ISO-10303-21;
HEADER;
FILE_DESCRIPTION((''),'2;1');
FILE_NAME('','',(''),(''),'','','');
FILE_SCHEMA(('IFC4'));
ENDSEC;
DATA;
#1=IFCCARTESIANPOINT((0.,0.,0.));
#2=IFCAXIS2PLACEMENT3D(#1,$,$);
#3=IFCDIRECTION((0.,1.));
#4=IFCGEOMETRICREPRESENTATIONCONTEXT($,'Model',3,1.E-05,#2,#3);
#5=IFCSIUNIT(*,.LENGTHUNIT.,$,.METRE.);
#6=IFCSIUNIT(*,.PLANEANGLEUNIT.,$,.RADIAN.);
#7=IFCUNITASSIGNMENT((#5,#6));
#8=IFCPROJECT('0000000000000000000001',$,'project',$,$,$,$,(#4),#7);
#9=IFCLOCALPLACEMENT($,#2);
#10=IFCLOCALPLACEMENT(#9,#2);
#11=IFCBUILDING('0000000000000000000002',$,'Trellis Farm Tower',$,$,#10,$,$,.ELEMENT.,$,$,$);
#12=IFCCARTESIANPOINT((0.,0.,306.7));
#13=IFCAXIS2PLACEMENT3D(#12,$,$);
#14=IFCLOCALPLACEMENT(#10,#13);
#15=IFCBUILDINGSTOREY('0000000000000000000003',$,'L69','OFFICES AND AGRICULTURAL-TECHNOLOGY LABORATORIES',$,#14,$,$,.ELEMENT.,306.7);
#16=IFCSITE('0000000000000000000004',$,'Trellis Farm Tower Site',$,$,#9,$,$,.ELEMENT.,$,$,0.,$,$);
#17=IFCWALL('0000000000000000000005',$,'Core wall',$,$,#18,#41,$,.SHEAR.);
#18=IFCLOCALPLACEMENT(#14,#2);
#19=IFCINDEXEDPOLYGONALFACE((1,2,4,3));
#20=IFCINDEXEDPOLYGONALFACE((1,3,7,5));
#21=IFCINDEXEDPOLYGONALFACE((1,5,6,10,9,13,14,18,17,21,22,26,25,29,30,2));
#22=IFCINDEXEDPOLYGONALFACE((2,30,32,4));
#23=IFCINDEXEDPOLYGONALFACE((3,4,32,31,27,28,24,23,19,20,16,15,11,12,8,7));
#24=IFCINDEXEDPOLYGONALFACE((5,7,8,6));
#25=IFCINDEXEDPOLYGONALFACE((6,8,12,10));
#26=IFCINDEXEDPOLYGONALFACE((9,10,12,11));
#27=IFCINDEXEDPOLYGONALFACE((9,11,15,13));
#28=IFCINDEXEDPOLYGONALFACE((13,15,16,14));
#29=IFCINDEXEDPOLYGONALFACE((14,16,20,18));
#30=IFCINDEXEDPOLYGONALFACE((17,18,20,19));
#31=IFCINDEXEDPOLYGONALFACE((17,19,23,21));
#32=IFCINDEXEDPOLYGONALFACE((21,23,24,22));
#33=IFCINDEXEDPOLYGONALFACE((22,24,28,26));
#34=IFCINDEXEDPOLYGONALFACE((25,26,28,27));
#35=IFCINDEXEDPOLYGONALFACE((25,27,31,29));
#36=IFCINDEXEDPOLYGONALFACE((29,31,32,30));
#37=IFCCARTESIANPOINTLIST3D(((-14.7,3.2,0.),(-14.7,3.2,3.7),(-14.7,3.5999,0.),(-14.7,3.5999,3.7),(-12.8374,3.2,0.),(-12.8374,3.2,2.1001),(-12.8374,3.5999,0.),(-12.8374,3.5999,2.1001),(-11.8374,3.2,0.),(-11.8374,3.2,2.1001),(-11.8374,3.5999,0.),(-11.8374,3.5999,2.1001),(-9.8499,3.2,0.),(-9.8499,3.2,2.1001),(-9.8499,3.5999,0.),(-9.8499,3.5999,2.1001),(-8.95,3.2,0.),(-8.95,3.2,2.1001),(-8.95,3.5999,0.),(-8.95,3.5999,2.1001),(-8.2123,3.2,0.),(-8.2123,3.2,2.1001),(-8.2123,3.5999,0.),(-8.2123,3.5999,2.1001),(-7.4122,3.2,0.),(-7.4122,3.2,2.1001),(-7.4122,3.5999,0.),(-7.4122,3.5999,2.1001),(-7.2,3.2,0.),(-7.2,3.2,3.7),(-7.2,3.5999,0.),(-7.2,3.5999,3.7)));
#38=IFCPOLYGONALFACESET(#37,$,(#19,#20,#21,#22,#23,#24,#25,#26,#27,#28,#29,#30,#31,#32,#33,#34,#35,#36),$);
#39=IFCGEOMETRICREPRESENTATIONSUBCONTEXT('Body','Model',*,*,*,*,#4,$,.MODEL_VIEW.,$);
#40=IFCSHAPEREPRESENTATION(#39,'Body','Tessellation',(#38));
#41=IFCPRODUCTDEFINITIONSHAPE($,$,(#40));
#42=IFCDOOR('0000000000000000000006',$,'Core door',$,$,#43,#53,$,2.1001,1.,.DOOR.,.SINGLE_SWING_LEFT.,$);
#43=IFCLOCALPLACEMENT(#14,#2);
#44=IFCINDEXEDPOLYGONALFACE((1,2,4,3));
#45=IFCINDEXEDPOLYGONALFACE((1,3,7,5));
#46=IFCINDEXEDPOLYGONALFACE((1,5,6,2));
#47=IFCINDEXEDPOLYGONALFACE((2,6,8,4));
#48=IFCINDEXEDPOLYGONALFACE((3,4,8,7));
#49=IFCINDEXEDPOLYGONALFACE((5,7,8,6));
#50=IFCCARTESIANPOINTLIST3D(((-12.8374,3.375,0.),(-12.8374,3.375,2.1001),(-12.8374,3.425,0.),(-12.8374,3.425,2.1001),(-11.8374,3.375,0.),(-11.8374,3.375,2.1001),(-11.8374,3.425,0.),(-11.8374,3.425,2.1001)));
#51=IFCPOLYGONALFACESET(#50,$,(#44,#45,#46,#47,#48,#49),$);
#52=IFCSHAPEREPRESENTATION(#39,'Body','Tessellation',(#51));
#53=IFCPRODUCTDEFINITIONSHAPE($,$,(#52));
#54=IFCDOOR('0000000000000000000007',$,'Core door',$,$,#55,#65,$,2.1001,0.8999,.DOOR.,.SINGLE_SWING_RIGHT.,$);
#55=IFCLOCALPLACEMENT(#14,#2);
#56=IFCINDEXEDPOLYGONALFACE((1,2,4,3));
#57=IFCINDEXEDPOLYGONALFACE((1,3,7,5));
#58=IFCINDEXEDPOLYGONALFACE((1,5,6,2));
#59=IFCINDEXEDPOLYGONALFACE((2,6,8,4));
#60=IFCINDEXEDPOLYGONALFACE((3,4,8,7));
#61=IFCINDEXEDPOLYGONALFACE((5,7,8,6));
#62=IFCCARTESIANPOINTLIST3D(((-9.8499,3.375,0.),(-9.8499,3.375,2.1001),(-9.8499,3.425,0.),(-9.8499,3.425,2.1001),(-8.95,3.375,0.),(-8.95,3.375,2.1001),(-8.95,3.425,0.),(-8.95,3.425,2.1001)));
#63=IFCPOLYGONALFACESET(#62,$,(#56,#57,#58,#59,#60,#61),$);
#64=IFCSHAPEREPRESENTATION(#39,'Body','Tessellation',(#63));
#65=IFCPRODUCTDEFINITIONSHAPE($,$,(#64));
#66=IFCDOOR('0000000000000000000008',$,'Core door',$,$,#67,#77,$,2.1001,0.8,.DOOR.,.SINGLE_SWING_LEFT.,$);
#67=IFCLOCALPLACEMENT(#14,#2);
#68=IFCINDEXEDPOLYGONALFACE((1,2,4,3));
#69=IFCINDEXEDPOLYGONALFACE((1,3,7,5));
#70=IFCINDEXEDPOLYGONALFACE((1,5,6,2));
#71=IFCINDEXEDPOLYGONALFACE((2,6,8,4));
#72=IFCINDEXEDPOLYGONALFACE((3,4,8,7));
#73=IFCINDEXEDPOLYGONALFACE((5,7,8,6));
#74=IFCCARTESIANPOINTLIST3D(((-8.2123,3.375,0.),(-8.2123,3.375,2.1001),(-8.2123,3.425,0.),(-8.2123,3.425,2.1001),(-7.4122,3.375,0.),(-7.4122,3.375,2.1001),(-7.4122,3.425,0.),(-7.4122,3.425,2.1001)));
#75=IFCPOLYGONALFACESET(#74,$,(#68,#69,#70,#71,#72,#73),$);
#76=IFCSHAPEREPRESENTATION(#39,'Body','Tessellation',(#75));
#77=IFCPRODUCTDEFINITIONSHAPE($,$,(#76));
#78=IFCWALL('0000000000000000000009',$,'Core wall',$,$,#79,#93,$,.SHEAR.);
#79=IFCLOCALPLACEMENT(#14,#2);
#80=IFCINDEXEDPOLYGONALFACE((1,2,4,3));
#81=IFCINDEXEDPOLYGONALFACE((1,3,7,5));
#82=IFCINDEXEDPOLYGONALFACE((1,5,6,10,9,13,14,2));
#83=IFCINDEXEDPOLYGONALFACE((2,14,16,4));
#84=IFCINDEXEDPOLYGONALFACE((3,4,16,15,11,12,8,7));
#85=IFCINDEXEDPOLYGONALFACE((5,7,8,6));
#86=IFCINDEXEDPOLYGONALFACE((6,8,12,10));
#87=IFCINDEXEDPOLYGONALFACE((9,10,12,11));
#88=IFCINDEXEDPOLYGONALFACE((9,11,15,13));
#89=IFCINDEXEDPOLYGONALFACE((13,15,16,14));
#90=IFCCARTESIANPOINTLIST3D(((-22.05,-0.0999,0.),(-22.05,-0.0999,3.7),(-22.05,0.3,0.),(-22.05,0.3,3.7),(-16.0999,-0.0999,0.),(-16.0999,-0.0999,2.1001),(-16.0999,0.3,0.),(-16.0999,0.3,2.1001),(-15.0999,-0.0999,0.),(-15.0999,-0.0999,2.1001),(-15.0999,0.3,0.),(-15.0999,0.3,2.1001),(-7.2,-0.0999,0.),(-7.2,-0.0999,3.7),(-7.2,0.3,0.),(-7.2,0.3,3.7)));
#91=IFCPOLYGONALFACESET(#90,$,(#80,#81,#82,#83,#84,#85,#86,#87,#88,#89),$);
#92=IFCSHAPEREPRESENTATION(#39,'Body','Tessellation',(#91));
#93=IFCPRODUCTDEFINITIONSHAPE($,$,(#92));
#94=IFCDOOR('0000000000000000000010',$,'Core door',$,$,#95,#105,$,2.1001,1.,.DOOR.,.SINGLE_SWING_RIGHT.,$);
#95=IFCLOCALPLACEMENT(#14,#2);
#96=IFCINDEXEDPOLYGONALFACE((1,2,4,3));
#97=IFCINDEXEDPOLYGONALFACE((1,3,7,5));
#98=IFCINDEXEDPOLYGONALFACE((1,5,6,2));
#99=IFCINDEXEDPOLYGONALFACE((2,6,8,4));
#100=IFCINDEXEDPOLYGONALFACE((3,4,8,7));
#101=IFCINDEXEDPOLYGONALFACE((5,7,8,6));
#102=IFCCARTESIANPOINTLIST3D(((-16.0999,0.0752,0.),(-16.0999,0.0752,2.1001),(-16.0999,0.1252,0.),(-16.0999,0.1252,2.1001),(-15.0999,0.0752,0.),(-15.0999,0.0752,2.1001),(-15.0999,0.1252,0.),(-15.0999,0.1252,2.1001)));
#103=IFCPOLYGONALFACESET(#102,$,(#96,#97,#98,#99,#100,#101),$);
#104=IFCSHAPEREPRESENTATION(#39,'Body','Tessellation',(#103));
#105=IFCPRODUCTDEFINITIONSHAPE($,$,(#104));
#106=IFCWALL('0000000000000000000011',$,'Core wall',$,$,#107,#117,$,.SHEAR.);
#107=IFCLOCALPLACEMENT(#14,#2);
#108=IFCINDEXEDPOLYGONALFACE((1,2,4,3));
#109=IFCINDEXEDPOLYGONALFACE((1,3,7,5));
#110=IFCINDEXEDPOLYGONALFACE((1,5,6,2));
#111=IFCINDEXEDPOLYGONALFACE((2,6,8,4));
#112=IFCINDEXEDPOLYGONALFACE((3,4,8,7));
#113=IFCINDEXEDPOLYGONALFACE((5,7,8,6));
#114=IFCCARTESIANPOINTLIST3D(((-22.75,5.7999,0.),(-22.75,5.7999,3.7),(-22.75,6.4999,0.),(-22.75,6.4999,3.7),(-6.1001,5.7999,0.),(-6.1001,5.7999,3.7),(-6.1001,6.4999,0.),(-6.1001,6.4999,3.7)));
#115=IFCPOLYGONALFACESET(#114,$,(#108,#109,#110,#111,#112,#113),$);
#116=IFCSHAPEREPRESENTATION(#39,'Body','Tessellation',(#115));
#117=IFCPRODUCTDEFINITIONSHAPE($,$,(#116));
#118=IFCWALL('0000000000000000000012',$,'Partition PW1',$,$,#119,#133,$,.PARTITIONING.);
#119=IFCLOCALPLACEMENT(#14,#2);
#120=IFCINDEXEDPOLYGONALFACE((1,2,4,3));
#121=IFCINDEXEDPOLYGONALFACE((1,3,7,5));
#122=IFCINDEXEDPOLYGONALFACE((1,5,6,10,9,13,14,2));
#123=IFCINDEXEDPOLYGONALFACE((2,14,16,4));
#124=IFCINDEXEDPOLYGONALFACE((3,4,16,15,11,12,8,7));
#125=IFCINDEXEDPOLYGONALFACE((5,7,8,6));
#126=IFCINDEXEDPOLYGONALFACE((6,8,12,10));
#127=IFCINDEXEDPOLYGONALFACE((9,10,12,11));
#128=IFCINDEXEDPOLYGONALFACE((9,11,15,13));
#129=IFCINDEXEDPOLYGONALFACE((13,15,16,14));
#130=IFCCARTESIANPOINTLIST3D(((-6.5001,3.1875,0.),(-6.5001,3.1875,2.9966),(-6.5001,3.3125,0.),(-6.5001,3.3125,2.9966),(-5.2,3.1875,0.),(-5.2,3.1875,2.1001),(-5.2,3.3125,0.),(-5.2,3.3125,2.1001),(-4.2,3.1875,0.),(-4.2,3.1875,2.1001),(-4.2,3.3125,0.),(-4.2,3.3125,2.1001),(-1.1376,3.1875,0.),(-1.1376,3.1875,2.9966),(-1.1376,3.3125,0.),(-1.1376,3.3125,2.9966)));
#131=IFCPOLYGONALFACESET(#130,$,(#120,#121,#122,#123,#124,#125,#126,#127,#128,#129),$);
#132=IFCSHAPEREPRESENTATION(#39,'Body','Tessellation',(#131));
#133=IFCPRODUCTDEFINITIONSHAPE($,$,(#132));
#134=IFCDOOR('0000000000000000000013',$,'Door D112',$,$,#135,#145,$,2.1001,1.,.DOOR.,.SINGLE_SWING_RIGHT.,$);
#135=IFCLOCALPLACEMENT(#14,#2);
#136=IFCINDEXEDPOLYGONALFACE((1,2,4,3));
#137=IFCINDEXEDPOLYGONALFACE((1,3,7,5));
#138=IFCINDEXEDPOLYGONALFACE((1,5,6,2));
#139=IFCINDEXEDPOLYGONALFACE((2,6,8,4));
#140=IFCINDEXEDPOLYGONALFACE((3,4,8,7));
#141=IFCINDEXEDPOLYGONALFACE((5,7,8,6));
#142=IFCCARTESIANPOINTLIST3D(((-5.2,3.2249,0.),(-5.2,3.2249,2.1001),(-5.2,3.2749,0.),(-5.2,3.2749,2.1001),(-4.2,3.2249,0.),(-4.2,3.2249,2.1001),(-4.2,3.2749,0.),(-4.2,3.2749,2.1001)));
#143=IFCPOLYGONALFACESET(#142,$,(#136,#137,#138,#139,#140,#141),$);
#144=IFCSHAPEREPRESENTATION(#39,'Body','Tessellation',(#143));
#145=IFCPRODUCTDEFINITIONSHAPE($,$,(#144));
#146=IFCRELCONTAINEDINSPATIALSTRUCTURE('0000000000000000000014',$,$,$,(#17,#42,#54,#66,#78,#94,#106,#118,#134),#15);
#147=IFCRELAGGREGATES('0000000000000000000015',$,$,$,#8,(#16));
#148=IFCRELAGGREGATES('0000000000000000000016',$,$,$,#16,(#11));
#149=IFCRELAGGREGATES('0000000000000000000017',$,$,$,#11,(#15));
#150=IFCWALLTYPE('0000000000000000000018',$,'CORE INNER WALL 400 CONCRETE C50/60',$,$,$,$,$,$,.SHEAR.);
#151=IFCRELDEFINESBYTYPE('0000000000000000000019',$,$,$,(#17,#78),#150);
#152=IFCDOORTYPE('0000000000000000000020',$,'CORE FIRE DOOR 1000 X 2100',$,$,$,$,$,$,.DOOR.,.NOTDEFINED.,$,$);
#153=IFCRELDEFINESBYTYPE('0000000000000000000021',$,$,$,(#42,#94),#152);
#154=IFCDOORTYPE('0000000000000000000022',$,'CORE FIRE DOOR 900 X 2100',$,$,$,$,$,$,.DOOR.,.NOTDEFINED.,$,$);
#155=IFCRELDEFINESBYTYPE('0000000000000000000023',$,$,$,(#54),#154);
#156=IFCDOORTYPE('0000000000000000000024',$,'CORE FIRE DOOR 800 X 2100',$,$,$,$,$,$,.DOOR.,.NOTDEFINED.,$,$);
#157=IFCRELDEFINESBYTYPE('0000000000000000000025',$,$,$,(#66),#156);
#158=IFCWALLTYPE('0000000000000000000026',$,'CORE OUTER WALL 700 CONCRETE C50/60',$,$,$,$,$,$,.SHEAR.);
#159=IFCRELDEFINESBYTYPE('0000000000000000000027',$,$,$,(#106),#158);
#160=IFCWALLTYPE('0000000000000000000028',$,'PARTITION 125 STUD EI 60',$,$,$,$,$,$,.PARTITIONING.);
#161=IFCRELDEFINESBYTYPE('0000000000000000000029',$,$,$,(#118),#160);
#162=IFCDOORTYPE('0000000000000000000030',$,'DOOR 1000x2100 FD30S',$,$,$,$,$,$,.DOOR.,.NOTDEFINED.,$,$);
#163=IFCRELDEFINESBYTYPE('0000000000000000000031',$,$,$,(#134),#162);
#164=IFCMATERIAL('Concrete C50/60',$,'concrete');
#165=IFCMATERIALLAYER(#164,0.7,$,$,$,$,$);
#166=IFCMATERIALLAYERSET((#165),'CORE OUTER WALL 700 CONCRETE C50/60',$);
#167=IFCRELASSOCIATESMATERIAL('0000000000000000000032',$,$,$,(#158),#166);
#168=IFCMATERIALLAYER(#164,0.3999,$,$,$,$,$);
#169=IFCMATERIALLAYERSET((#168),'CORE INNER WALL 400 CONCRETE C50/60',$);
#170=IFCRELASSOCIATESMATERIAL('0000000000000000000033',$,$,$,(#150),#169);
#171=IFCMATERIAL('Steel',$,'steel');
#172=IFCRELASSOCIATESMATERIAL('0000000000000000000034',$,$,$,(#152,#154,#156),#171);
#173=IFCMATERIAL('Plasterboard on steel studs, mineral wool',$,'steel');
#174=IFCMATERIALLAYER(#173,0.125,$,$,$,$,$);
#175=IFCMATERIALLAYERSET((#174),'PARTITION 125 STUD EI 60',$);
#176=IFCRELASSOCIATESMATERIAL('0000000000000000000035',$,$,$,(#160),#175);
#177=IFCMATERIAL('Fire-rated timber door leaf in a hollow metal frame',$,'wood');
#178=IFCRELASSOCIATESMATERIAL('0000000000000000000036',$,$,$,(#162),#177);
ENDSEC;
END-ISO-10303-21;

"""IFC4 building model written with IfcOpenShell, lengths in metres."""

from ifc_helpers import new_model, si_unit, direction, frame, frame_2d, origin, place, context, subcontext, project, spatial, rectangle, extrude, source, transform, mapped, material, layer, layer_set, type_object, element, fill, save


model = new_model("IFC4")

# Units and contexts
model_context = context("Model", 3, precision=1e-05, world=origin(), true_north=direction((0.0, 1.0)))
body_context = subcontext(model_context, "Body", "Model", "MODEL_VIEW")
ifc_project = project(units=[si_unit("LENGTHUNIT", "METRE"), si_unit("PLANEANGLEUNIT", "RADIAN")], contexts=[model_context])

# Site, building, storey
site_placement = place(None, origin())
site = spatial("IfcSite", under=ifc_project, at=site_placement, Name="Trellis Farm Tower Site", CompositionType="ELEMENT", RefElevation=0.0)
building_placement = place(site_placement, origin())
building = spatial("IfcBuilding", under=site, at=building_placement, Name="Trellis Farm Tower", CompositionType="ELEMENT")
storey_placement = place(building_placement, frame((0.0, 0.0, 306.7)))
storey = spatial("IfcBuildingStorey", under=building, at=storey_placement, Name="L69", Description="OFFICES AND AGRICULTURAL-TECHNOLOGY LABORATORIES", CompositionType="ELEMENT", Elevation=306.7)

# Shared definitions
ifc_material_1 = material(Name="Concrete C50/60", Category="concrete")
ifc_layer_1 = layer(ifc_material_1, 0.7)
ifc_layer_set_1 = layer_set([ifc_layer_1], Name="CORE OUTER WALL 700 CONCRETE C50/60")
wall_type_1 = type_object("IfcWallType", Name="CORE OUTER WALL 700 CONCRETE C50/60", PredefinedType="SHEAR", material=ifc_layer_set_1)
ifc_material_2 = material(Name="Steel", Category="steel")

# Wall, openings, doors
ifc_layer_2 = layer(ifc_material_1, 0.3999)
ifc_layer_set_2 = layer_set([ifc_layer_2], Name="CORE INNER WALL 400 CONCRETE C50/60")
wall_type_2 = type_object("IfcWallType", Name="CORE INNER WALL 400 CONCRETE C50/60", PredefinedType="SHEAR", material=ifc_layer_set_2)
shared_shape_1 = source(origin(), body_context, "Body", "SweptSolid", [
    extrude(rectangle(XDim=7.5, YDim=0.3999, at=frame_2d((3.75, 0.0))), origin(), (0.0, 0.0, 1.0), 3.7),
])
wall_1_placement = place(storey_placement, frame((-7.2, 3.3999, 0.0), z_axis=(0.0, 0.0, 1.0), x_axis=(-1.0, 0.0, 0.0)))
wall_1 = element("IfcWall", 1, at=wall_1_placement, inside=storey, type_object=wall_type_2, Name="Core wall", PredefinedType="SHEAR", context=body_context, shape_type="MappedRepresentation", body=[
    mapped(shared_shape_1, transform((0.0, 0.0, 0.0))),
])
shared_shape_2 = source(origin(), body_context, "Body", "SweptSolid", [
    extrude(rectangle(XDim=0.8, YDim=2.1001, at=frame_2d((0.3999, 1.05))), frame((0.0, 0.21, 0.0), z_axis=(0.0, -1.0, 0.0), x_axis=(1.0, 0.0, 0.0)), (0.0, 0.0, 1.0), 0.4199),
])
opening_1_placement = place(wall_1_placement, frame((0.2124, 0.0, 0.0)))
opening_1 = element("IfcOpeningElement", 2, at=opening_1_placement, cuts=wall_1, PredefinedType="OPENING", context=body_context, shape_type="MappedRepresentation", body=[
    mapped(shared_shape_2, transform((0.0, 0.0, 0.0))),
])
shared_shape_3 = source(origin(), body_context, "Body", "SweptSolid", [
    extrude(rectangle(XDim=0.8999, YDim=2.1001, at=frame_2d((0.45, 1.05))), frame((0.0, 0.21, 0.0), z_axis=(0.0, -1.0, 0.0), x_axis=(1.0, 0.0, 0.0)), (0.0, 0.0, 1.0), 0.4199),
])
opening_2_placement = place(wall_1_placement, frame((1.75, 0.0, 0.0)))
opening_2 = element("IfcOpeningElement", 3, at=opening_2_placement, cuts=wall_1, PredefinedType="OPENING", context=body_context, shape_type="MappedRepresentation", body=[
    mapped(shared_shape_3, transform((0.0, 0.0, 0.0))),
])
shared_shape_4 = source(origin(), body_context, "Body", "SweptSolid", [
    extrude(rectangle(XDim=1.0, YDim=2.1001, at=frame_2d((0.5, 1.05))), frame((0.0, 0.21, 0.0), z_axis=(0.0, -1.0, 0.0), x_axis=(1.0, 0.0, 0.0)), (0.0, 0.0, 1.0), 0.4199),
])
opening_3_placement = place(wall_1_placement, frame((4.6375, 0.0, 0.0)))
opening_3 = element("IfcOpeningElement", 4, at=opening_3_placement, cuts=wall_1, PredefinedType="OPENING", context=body_context, shape_type="MappedRepresentation", body=[
    mapped(shared_shape_4, transform((0.0, 0.0, 0.0))),
])
door_type_1 = type_object("IfcDoorType", Name="CORE FIRE DOOR 1000 X 2100", OperationType="NOTDEFINED", PredefinedType="DOOR", material=ifc_material_2)
shared_shape_5 = source(origin(), body_context, "Body", "SweptSolid", [
    extrude(rectangle(XDim=1.0, YDim=2.1001, at=frame_2d((0.5, 1.05))), frame((0.0, 0.0249, 0.0), z_axis=(0.0, -1.0, 0.0), x_axis=(1.0, 0.0, 0.0)), (0.0, 0.0, 1.0), 0.05),
])
door_1_placement = place(opening_3_placement, origin())
door_1 = element("IfcDoor", 5, at=door_1_placement, inside=storey, type_object=door_type_1, Name="Core door", OperationType="SINGLE_SWING_LEFT", OverallHeight=2.1001, OverallWidth=1.0, PredefinedType="DOOR", context=body_context, shape_type="MappedRepresentation", body=[
    mapped(shared_shape_5, transform((0.0, 0.0, 0.0))),
])
fill(opening_3, door_1)
door_type_2 = type_object("IfcDoorType", Name="CORE FIRE DOOR 900 X 2100", OperationType="NOTDEFINED", PredefinedType="DOOR", material=ifc_material_2)
shared_shape_6 = source(origin(), body_context, "Body", "SweptSolid", [
    extrude(rectangle(XDim=0.8999, YDim=2.1001, at=frame_2d((0.45, 1.05))), frame((0.0, 0.0249, 0.0), z_axis=(0.0, -1.0, 0.0), x_axis=(1.0, 0.0, 0.0)), (0.0, 0.0, 1.0), 0.05),
])
door_2_placement = place(opening_2_placement, origin())
door_2 = element("IfcDoor", 6, at=door_2_placement, inside=storey, type_object=door_type_2, Name="Core door", OperationType="SINGLE_SWING_RIGHT", OverallHeight=2.1001, OverallWidth=0.8999, PredefinedType="DOOR", context=body_context, shape_type="MappedRepresentation", body=[
    mapped(shared_shape_6, transform((0.0, 0.0, 0.0))),
])
fill(opening_2, door_2)
door_type_3 = type_object("IfcDoorType", Name="CORE FIRE DOOR 800 X 2100", OperationType="NOTDEFINED", PredefinedType="DOOR", material=ifc_material_2)
shared_shape_7 = source(origin(), body_context, "Body", "SweptSolid", [
    extrude(rectangle(XDim=0.8, YDim=2.1001, at=frame_2d((0.3999, 1.05))), frame((0.0, 0.0249, 0.0), z_axis=(0.0, -1.0, 0.0), x_axis=(1.0, 0.0, 0.0)), (0.0, 0.0, 1.0), 0.05),
])
door_3_placement = place(opening_1_placement, origin())
door_3 = element("IfcDoor", 7, at=door_3_placement, inside=storey, type_object=door_type_3, Name="Core door", OperationType="SINGLE_SWING_LEFT", OverallHeight=2.1001, OverallWidth=0.8, PredefinedType="DOOR", context=body_context, shape_type="MappedRepresentation", body=[
    mapped(shared_shape_7, transform((0.0, 0.0, 0.0))),
])
fill(opening_1, door_3)

# Wall, opening, door
shared_shape_8 = source(origin(), body_context, "Body", "SweptSolid", [
    extrude(rectangle(XDim=14.8501, YDim=0.3999, at=frame_2d((7.425, 0.0))), origin(), (0.0, 0.0, 1.0), 3.7),
])
wall_2_placement = place(storey_placement, frame((-7.2, 0.1001, 0.0), z_axis=(0.0, 0.0, 1.0), x_axis=(-1.0, 0.0, 0.0)))
wall_2 = element("IfcWall", 8, at=wall_2_placement, inside=storey, type_object=wall_type_2, Name="Core wall", PredefinedType="SHEAR", context=body_context, shape_type="MappedRepresentation", body=[
    mapped(shared_shape_8, transform((0.0, 0.0, 0.0))),
])
opening_4_placement = place(wall_2_placement, frame((7.8999, 0.0, 0.0)))
opening_4 = element("IfcOpeningElement", 9, at=opening_4_placement, cuts=wall_2, PredefinedType="OPENING", context=body_context, shape_type="MappedRepresentation", body=[
    mapped(shared_shape_4, transform((0.0, 0.0, 0.0))),
])
door_4_placement = place(opening_4_placement, origin())
door_4 = element("IfcDoor", 10, at=door_4_placement, inside=storey, type_object=door_type_1, Name="Core door", OperationType="SINGLE_SWING_RIGHT", OverallHeight=2.1001, OverallWidth=1.0, PredefinedType="DOOR", context=body_context, shape_type="MappedRepresentation", body=[
    mapped(shared_shape_5, transform((0.0, 0.0, 0.0))),
])
fill(opening_4, door_4)

# Wall
shared_shape_9 = source(origin(), body_context, "Body", "SweptSolid", [
    extrude(rectangle(XDim=16.6499, YDim=0.7, at=frame_2d((8.325, 0.0))), origin(), (0.0, 0.0, 1.0), 3.7),
])
wall_3_placement = place(storey_placement, frame((-6.1001, 6.1499, 0.0), z_axis=(0.0, 0.0, 1.0), x_axis=(-1.0, 0.0, 0.0)))
element("IfcWall", 11, at=wall_3_placement, inside=storey, type_object=wall_type_1, Name="Core wall", PredefinedType="SHEAR", context=body_context, shape_type="MappedRepresentation", body=[
    mapped(shared_shape_9, transform((0.0, 0.0, 0.0))),
])

# Wall, opening, door
ifc_material_3 = material(Name="Plasterboard on steel studs, mineral wool", Category="steel")
ifc_layer_3 = layer(ifc_material_3, 0.125)
ifc_layer_set_3 = layer_set([ifc_layer_3], Name="PARTITION 125 STUD EI 60")
wall_type_3 = type_object("IfcWallType", Name="PARTITION 125 STUD EI 60", PredefinedType="PARTITIONING", material=ifc_layer_set_3)
shared_shape_10 = source(origin(), body_context, "Body", "SweptSolid", [
    extrude(rectangle(XDim=5.3625, YDim=0.125, at=frame_2d((2.6812, 0.0))), origin(), (0.0, 0.0, 1.0), 2.9966),
])
wall_4_placement = place(storey_placement, frame((-6.5, 3.25, 0.0), z_axis=(0.0, 0.0, 1.0), x_axis=(1.0, 0.0, 0.0)))
wall_4 = element("IfcWall", 12, at=wall_4_placement, inside=storey, type_object=wall_type_3, Name="Partition PW1", PredefinedType="PARTITIONING", context=body_context, shape_type="MappedRepresentation", body=[
    mapped(shared_shape_10, transform((0.0, 0.0, 0.0))),
])
shared_shape_11 = source(origin(), body_context, "Body", "SweptSolid", [
    extrude(rectangle(XDim=1.0, YDim=2.1001, at=frame_2d((0.5, 1.05))), frame((0.0, 0.0725, 0.0), z_axis=(0.0, -1.0, 0.0), x_axis=(1.0, 0.0, 0.0)), (0.0, 0.0, 1.0), 0.145),
])
opening_5_placement = place(wall_4_placement, frame((1.3, 0.0, 0.0)))
opening_5 = element("IfcOpeningElement", 13, at=opening_5_placement, cuts=wall_4, PredefinedType="OPENING", context=body_context, shape_type="MappedRepresentation", body=[
    mapped(shared_shape_11, transform((0.0, 0.0, 0.0))),
])
ifc_material_4 = material(Name="Fire-rated timber door leaf in a hollow metal frame", Category="wood")
door_type_4 = type_object("IfcDoorType", Name="DOOR 1000x2100 FD30S", OperationType="NOTDEFINED", PredefinedType="DOOR", material=ifc_material_4)
door_5_placement = place(opening_5_placement, origin())
door_5 = element("IfcDoor", 14, at=door_5_placement, inside=storey, type_object=door_type_4, Name="Door D112", OperationType="SINGLE_SWING_RIGHT", OverallHeight=2.1001, OverallWidth=1.0, PredefinedType="DOOR", context=body_context, shape_type="MappedRepresentation", body=[
    mapped(shared_shape_5, transform((0.0, 0.0, 0.0))),
])
fill(opening_5, door_5)

save(model, "model.ifc")
